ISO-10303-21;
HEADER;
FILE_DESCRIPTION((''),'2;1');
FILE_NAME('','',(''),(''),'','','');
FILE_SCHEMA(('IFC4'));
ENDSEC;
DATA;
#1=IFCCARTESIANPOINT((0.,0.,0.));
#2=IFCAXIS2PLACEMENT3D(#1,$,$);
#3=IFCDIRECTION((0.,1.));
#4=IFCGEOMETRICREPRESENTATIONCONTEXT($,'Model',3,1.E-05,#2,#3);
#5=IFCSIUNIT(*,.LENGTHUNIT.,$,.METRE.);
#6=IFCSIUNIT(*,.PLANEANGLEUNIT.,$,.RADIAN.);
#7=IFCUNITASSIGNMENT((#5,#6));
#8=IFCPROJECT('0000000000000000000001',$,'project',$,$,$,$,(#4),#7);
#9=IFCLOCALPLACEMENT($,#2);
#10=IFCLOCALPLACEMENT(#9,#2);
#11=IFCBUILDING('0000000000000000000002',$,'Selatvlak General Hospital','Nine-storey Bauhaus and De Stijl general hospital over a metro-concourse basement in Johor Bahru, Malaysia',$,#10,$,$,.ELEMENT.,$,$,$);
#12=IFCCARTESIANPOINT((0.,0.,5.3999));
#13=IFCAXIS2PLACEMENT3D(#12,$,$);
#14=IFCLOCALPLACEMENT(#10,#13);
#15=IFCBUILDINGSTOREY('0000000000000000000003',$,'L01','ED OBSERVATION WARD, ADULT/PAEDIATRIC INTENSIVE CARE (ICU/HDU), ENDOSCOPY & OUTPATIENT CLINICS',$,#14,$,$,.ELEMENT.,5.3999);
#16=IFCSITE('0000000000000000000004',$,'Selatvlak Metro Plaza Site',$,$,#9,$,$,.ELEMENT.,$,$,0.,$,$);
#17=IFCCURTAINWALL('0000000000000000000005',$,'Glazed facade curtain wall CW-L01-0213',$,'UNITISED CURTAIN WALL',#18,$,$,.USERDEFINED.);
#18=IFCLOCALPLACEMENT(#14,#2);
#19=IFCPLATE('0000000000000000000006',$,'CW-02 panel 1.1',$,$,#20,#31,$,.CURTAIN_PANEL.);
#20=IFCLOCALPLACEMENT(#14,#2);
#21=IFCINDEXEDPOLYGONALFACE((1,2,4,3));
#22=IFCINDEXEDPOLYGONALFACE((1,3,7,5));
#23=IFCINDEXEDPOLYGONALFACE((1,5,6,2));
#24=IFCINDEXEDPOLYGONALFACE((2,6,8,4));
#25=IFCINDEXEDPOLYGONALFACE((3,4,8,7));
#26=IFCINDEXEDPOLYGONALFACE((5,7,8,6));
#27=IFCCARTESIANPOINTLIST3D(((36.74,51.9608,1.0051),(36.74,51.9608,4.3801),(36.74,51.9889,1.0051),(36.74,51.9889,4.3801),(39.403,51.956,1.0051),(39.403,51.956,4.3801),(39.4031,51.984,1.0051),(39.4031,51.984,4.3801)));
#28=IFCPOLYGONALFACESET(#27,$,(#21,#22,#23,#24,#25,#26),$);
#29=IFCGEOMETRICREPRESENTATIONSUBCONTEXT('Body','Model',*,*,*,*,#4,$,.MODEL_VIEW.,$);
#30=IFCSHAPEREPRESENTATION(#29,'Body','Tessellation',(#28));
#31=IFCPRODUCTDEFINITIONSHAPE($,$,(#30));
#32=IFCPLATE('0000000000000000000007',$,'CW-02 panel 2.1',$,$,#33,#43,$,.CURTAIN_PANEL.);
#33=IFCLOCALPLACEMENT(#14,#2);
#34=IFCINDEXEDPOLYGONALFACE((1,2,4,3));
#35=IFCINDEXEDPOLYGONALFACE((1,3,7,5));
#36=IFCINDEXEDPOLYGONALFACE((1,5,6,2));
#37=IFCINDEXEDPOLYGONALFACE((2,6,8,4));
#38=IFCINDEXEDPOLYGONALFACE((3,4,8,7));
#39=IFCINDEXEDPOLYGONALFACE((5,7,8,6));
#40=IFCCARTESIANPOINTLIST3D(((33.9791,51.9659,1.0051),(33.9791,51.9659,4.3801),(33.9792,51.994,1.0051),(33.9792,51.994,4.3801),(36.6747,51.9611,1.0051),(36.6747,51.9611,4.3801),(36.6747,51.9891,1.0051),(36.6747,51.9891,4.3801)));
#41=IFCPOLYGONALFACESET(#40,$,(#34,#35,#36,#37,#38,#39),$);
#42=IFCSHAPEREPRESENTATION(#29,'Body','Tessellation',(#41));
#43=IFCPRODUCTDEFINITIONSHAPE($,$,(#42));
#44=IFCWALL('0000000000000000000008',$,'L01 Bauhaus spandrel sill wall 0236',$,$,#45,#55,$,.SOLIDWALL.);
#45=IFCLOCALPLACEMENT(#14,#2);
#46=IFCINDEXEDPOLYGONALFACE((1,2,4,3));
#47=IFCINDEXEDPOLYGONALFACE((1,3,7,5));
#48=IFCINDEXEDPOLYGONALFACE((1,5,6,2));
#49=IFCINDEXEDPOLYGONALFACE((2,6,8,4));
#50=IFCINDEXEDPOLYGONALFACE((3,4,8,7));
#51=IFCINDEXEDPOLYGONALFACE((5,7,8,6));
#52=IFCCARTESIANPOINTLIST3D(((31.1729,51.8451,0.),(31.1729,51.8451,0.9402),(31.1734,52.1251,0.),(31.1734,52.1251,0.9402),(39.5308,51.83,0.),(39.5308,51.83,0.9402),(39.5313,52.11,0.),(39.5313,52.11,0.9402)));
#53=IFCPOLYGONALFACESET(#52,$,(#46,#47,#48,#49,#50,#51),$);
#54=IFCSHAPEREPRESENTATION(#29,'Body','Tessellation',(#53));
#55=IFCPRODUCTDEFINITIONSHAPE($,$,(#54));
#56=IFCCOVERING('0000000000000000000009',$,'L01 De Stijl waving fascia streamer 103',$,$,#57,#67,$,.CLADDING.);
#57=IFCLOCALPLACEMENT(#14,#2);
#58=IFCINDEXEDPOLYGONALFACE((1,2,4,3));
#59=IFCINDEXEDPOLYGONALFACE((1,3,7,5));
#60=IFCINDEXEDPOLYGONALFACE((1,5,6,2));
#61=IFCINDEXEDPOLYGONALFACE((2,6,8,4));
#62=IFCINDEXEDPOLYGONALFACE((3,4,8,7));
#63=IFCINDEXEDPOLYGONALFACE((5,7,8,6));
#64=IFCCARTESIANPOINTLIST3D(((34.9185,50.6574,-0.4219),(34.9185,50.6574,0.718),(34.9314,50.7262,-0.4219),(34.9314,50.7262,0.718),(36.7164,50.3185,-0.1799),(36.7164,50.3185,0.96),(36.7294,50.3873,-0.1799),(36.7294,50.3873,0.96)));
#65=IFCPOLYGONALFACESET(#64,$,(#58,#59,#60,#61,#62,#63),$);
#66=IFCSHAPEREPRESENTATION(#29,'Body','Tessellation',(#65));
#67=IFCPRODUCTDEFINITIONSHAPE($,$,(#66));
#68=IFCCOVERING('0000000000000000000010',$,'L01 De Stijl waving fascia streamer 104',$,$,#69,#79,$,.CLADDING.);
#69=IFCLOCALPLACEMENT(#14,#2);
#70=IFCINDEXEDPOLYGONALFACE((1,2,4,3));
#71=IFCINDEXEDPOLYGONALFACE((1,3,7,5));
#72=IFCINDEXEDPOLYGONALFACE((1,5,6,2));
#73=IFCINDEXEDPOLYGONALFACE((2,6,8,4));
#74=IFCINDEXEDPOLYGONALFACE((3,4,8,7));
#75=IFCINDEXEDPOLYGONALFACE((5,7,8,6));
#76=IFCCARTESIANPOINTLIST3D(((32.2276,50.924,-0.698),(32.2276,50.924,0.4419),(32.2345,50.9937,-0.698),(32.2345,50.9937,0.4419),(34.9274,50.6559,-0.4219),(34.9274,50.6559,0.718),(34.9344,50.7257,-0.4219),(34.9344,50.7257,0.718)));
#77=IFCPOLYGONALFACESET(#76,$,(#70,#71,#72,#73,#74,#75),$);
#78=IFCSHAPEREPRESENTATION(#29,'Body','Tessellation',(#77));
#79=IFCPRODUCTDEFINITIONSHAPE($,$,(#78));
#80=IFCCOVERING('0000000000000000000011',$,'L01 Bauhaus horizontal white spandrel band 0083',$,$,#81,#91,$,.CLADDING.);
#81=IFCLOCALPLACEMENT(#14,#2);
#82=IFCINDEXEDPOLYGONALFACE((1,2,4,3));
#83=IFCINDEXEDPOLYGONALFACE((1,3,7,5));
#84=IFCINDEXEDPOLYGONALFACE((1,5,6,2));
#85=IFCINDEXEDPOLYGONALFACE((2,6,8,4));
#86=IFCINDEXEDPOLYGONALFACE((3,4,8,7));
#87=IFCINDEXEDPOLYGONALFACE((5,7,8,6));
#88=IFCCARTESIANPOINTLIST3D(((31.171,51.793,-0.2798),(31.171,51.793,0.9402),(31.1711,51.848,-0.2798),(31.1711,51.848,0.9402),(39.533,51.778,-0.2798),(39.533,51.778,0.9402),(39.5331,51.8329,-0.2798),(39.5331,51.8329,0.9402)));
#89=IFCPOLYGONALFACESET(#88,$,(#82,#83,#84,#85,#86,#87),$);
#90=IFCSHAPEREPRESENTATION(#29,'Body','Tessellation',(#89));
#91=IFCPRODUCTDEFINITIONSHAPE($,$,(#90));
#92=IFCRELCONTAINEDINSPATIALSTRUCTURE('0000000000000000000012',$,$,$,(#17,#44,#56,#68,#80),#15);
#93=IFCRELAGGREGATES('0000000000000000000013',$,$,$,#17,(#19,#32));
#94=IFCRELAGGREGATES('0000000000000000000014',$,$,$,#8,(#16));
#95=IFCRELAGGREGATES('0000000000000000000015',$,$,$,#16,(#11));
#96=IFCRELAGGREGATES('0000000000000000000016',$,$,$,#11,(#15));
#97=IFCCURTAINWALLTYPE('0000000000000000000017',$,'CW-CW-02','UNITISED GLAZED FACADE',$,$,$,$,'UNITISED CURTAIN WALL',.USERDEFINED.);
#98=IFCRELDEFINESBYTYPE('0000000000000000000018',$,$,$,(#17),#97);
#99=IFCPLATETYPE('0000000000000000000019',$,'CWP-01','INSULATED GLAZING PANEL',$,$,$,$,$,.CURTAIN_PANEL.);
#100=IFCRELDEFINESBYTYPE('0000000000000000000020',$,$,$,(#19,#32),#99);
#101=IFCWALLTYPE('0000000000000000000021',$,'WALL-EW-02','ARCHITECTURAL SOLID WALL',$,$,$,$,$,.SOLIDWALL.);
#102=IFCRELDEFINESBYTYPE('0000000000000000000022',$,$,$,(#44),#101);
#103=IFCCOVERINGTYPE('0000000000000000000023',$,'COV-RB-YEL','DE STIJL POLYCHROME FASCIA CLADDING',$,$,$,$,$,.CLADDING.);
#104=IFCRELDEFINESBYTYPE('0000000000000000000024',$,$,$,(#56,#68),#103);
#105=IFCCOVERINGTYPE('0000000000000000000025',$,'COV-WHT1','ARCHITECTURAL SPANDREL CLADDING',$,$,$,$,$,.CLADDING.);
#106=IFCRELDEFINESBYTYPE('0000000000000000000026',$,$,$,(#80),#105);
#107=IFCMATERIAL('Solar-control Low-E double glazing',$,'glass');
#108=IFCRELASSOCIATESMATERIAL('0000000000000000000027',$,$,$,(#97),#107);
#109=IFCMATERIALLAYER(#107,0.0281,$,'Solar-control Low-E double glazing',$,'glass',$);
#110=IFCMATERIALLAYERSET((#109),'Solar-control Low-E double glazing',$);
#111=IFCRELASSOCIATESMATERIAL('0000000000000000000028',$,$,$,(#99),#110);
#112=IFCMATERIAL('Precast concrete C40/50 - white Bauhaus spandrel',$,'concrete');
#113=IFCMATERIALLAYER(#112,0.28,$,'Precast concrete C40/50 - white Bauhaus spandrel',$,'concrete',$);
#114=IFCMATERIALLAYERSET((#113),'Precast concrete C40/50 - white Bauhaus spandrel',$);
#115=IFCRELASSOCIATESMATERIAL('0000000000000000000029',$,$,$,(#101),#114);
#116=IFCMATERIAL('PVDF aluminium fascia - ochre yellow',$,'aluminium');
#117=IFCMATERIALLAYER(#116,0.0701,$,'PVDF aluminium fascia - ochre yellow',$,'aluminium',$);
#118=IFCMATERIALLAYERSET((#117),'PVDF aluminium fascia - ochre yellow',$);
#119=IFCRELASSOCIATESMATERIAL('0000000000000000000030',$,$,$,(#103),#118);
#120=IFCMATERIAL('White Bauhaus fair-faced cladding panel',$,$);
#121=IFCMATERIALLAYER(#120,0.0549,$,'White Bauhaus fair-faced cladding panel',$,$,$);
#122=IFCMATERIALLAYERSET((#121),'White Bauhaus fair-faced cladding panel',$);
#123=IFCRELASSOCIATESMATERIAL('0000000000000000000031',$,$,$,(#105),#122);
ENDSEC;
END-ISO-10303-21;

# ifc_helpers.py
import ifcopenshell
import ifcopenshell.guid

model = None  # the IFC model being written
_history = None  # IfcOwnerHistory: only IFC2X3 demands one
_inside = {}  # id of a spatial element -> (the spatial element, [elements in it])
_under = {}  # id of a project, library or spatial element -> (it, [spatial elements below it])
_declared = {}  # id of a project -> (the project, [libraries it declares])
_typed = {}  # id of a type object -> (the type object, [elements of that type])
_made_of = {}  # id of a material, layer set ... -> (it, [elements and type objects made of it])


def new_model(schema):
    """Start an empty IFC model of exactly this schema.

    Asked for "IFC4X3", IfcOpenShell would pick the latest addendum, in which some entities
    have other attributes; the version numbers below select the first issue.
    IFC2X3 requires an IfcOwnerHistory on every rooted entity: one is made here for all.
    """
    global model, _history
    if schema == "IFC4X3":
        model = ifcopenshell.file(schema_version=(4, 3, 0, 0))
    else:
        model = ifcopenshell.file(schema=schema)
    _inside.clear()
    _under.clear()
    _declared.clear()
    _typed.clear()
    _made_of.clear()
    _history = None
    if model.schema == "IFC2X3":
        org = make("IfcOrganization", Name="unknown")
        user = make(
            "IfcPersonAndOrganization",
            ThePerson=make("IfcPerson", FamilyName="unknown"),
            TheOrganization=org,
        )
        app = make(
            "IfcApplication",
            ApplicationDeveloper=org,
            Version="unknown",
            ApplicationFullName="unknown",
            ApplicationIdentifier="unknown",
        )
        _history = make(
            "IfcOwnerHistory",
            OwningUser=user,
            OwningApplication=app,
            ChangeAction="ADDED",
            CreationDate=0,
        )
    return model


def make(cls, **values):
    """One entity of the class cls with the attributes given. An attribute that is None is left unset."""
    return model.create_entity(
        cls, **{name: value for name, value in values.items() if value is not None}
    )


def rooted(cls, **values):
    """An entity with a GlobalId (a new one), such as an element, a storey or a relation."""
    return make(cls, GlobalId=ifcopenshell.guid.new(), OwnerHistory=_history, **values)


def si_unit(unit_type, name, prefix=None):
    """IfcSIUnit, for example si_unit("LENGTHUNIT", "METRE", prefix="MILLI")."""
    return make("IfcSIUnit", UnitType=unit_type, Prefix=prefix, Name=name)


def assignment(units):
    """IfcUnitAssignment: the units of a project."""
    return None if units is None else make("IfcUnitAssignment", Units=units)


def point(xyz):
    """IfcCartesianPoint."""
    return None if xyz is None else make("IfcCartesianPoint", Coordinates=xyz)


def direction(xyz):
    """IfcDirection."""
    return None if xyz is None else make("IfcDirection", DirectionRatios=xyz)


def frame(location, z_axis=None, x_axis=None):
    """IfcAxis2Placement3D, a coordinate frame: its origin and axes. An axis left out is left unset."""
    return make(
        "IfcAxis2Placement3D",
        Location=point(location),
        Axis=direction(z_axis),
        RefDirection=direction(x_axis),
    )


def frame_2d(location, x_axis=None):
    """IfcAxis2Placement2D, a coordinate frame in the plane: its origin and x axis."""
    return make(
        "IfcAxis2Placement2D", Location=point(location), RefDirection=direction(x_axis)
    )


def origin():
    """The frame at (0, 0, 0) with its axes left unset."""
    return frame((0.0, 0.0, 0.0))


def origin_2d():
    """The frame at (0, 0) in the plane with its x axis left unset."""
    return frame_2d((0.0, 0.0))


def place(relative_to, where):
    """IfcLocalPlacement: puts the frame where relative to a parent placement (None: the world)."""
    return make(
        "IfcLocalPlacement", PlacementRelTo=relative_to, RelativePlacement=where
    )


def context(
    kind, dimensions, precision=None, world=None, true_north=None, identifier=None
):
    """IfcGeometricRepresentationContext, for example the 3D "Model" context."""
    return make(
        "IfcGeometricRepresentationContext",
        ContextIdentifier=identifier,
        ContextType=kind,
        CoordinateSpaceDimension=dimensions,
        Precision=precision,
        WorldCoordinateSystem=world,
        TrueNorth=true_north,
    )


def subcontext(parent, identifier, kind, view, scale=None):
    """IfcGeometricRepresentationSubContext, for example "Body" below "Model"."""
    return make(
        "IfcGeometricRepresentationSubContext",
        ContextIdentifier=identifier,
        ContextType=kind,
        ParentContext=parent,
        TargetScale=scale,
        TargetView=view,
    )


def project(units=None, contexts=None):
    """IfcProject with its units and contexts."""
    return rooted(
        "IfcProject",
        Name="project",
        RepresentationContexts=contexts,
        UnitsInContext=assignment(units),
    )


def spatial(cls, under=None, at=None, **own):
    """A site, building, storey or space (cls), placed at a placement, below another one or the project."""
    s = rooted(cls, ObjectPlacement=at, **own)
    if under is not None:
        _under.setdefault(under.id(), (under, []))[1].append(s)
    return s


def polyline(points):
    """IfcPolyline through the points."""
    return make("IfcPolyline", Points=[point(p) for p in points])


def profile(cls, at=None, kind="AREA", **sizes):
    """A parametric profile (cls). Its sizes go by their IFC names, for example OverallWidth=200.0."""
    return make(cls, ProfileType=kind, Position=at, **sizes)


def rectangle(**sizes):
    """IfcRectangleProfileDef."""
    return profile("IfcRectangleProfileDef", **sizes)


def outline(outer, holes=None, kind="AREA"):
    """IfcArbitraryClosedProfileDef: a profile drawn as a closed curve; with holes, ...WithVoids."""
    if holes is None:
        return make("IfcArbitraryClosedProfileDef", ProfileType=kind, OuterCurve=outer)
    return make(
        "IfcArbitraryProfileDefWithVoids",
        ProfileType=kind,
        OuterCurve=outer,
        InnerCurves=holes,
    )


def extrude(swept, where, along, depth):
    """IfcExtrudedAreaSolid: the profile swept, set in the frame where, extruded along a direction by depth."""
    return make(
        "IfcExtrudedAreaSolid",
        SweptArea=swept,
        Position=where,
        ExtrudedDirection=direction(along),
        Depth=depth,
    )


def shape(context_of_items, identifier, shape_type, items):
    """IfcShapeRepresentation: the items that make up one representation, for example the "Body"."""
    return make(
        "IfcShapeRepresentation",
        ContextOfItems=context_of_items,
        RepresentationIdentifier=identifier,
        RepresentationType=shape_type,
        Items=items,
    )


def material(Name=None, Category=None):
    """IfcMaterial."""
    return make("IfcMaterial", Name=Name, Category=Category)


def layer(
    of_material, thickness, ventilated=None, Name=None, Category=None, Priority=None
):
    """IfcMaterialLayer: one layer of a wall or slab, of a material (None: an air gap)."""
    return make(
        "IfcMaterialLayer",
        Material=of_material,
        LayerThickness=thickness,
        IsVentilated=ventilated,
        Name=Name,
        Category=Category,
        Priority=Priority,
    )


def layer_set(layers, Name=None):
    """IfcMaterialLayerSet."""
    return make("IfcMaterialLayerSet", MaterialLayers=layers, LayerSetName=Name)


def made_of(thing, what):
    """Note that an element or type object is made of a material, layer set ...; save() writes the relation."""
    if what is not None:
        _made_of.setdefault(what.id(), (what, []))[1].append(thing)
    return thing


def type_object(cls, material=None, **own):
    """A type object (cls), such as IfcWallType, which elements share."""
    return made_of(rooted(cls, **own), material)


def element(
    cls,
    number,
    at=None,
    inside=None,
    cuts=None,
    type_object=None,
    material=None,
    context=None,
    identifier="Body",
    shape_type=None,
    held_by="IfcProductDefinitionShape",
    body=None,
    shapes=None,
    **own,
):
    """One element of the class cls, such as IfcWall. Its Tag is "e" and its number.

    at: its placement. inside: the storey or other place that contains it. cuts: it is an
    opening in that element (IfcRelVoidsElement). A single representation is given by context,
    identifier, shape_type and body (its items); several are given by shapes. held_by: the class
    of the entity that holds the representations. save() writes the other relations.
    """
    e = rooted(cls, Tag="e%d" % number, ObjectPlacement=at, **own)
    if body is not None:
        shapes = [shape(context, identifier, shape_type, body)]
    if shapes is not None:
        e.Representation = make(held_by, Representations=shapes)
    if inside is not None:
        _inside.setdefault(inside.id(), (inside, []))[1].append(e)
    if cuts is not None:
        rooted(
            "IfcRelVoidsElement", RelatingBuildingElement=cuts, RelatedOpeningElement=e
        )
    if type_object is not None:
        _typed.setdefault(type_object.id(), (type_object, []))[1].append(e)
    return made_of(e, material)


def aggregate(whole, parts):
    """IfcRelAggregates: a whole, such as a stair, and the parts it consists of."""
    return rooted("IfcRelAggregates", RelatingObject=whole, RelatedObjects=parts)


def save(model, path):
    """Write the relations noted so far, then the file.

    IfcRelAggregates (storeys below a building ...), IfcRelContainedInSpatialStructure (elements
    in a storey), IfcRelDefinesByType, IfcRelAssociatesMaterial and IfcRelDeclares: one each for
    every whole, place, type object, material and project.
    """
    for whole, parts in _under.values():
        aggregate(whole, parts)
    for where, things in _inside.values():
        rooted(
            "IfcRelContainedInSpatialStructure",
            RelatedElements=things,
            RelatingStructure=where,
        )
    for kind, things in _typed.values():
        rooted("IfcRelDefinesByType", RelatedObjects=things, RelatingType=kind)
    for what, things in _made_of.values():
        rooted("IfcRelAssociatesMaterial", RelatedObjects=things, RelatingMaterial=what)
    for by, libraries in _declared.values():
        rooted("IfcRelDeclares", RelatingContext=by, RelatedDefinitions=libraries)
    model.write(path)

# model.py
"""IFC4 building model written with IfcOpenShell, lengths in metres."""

from ifc_helpers import new_model, si_unit, direction, frame, frame_2d, origin, origin_2d, place, context, subcontext, project, spatial, polyline, rectangle, outline, extrude, material, layer, layer_set, type_object, element, aggregate, save


model = new_model("IFC4")

# Units and contexts
model_context = context("Model", 3, precision=1e-05, world=origin(), true_north=direction((0.0, 1.0)))
body_context = subcontext(model_context, "Body", "Model", "MODEL_VIEW")
ifc_project = project(units=[si_unit("LENGTHUNIT", "METRE"), si_unit("PLANEANGLEUNIT", "RADIAN")], contexts=[model_context])

# Site, building, storey
site_placement = place(None, origin())
site = spatial("IfcSite", under=ifc_project, at=site_placement, Name="Selatvlak Metro Plaza Site", CompositionType="ELEMENT", RefElevation=0.0)
building_placement = place(site_placement, origin())
building = spatial("IfcBuilding", under=site, at=building_placement, Name="Selatvlak General Hospital", Description="Nine-storey Bauhaus and De Stijl general hospital over a metro-concourse basement in Johor Bahru, Malaysia", CompositionType="ELEMENT")
storey_placement = place(building_placement, frame((0.0, 0.0, 5.3999)))
storey = spatial("IfcBuildingStorey", under=building, at=storey_placement, Name="L01", Description="ED OBSERVATION WARD, ADULT/PAEDIATRIC INTENSIVE CARE (ICU/HDU), ENDOSCOPY & OUTPATIENT CLINICS", CompositionType="ELEMENT", Elevation=5.3999)

# Shared definitions
ifc_material_1 = material(Name="Solar-control Low-E double glazing", Category="glass")
curtain_wall_type_1 = type_object("IfcCurtainWallType", Name="CW-CW-02", Description="UNITISED GLAZED FACADE", ElementType="UNITISED CURTAIN WALL", PredefinedType="USERDEFINED", material=ifc_material_1)

# Curtain wall
curtain_wall_1_placement = place(storey_placement, origin())
curtain_wall_1 = element("IfcCurtainWall", 1, at=curtain_wall_1_placement, inside=storey, type_object=curtain_wall_type_1, Name="Glazed facade curtain wall CW-L01-0213", ObjectType="UNITISED CURTAIN WALL", PredefinedType="USERDEFINED")

# Plates
ifc_layer_1 = layer(ifc_material_1, 0.0281, Name="Solar-control Low-E double glazing", Category="glass")
ifc_layer_set_1 = layer_set([ifc_layer_1], Name="Solar-control Low-E double glazing")
plate_type = type_object("IfcPlateType", Name="CWP-01", Description="INSULATED GLAZING PANEL", PredefinedType="CURTAIN_PANEL", material=ifc_layer_set_1)
plate_1_placement = place(storey_placement, frame((38.0715, 51.9724, 1.0051), z_axis=(0.0, 0.0, 1.0), x_axis=(-0.999998, 0.001811, 0.0)))
plate_1 = element("IfcPlate", 2, at=plate_1_placement, type_object=plate_type, Name="CW-02 panel 1.1", PredefinedType="CURTAIN_PANEL", context=body_context, shape_type="SweptSolid", body=[
    extrude(rectangle(XDim=2.6631, YDim=0.0281, at=origin_2d()), origin(), (0.0, 0.0, 1.0), 3.375),
])
plate_2_placement = place(storey_placement, frame((35.3269, 51.9775, 1.0051), z_axis=(0.0, 0.0, 1.0), x_axis=(-0.999998, 0.001811, 0.0)))
plate_2 = element("IfcPlate", 3, at=plate_2_placement, type_object=plate_type, Name="CW-02 panel 2.1", PredefinedType="CURTAIN_PANEL", context=body_context, shape_type="SweptSolid", body=[
    extrude(rectangle(XDim=2.6956, YDim=0.0281, at=origin_2d()), origin(), (0.0, 0.0, 1.0), 3.375),
])
aggregate(curtain_wall_1, [plate_1, plate_2])

# Wall
ifc_material_2 = material(Name="Precast concrete C40/50 - white Bauhaus spandrel", Category="concrete")
ifc_layer_2 = layer(ifc_material_2, 0.28, Name="Precast concrete C40/50 - white Bauhaus spandrel", Category="concrete")
ifc_layer_set_2 = layer_set([ifc_layer_2], Name="Precast concrete C40/50 - white Bauhaus spandrel")
wall_type = type_object("IfcWallType", Name="WALL-EW-02", Description="ARCHITECTURAL SOLID WALL", PredefinedType="SOLIDWALL", material=ifc_layer_set_2)
wall_placement = place(storey_placement, frame((39.531, 51.97, 0.0), z_axis=(0.0, 0.0, 1.0), x_axis=(-0.999998, 0.001811, 0.0)))
element("IfcWall", 4, at=wall_placement, inside=storey, type_object=wall_type, Name="L01 Bauhaus spandrel sill wall 0236", PredefinedType="SOLIDWALL", context=body_context, shape_type="SweptSolid", body=[
    extrude(rectangle(XDim=8.3579, YDim=0.28, at=frame_2d((4.179, 0.0))), origin(), (0.0, 0.0, 1.0), 0.9402),
])

# Coverings
ifc_material_3 = material(Name="PVDF aluminium fascia - ochre yellow", Category="aluminium")
ifc_layer_3 = layer(ifc_material_3, 0.0701, Name="PVDF aluminium fascia - ochre yellow", Category="aluminium")
ifc_layer_set_3 = layer_set([ifc_layer_3], Name="PVDF aluminium fascia - ochre yellow")
covering_type_1 = type_object("IfcCoveringType", Name="COV-RB-YEL", Description="DE STIJL POLYCHROME FASCIA CLADDING", PredefinedType="CLADDING", material=ifc_layer_set_3)
covering_1_placement = place(storey_placement, frame((36.7229, 50.353, -0.1799), z_axis=(0.0, 0.0, 1.0), x_axis=(-0.982697, 0.185223, 0.0)))
element("IfcCovering", 5, at=covering_1_placement, inside=storey, type_object=covering_type_1, Name="L01 De Stijl waving fascia streamer 103", PredefinedType="CLADDING", context=body_context, shape_type="SweptSolid", body=[
    extrude(outline(polyline([(0.0, 0.0), (1.8296, -0.2419), (1.8296, 0.8979), (0.0, 1.1399), (0.0, 0.0)])), frame((0.0, 0.0352, 0.0), z_axis=(0.0, -1.0, 0.0), x_axis=(1.0, 0.0, 0.0)), (0.0, 0.0, 1.0), 0.0701),
])
covering_2_placement = place(storey_placement, frame((34.9309, 50.6909, -0.4219), z_axis=(0.0, 0.0, 1.0), x_axis=(-0.995107, 0.0988, 0.0)))
element("IfcCovering", 6, at=covering_2_placement, inside=storey, type_object=covering_type_1, Name="L01 De Stijl waving fascia streamer 104", PredefinedType="CLADDING", context=body_context, shape_type="SweptSolid", body=[
    extrude(outline(polyline([(0.0, 0.0), (2.7131, -0.2761), (2.7131, 0.8638), (0.0, 1.1399), (0.0, 0.0)])), frame((0.0, 0.0352, 0.0), z_axis=(0.0, -1.0, 0.0), x_axis=(1.0, 0.0, 0.0)), (0.0, 0.0, 1.0), 0.0701),
])
ifc_material_4 = material(Name="White Bauhaus fair-faced cladding panel")
ifc_layer_4 = layer(ifc_material_4, 0.0549, Name="White Bauhaus fair-faced cladding panel")
ifc_layer_set_4 = layer_set([ifc_layer_4], Name="White Bauhaus fair-faced cladding panel")
covering_type_2 = type_object("IfcCoveringType", Name="COV-WHT1", Description="ARCHITECTURAL SPANDREL CLADDING", PredefinedType="CLADDING", material=ifc_layer_set_4)
covering_3_placement = place(storey_placement, frame((35.3521, 51.813, -0.2798), z_axis=(0.0, 0.0, 1.0), x_axis=(-0.999998, 0.001798, 0.0)))
element("IfcCovering", 7, at=covering_3_placement, inside=storey, type_object=covering_type_2, Name="L01 Bauhaus horizontal white spandrel band 0083", PredefinedType="CLADDING", context=body_context, shape_type="SweptSolid", body=[
    extrude(rectangle(XDim=8.3621, YDim=0.0549, at=origin_2d()), origin(), (0.0, 0.0, 1.0), 1.22),
])

save(model, "model.ifc")
